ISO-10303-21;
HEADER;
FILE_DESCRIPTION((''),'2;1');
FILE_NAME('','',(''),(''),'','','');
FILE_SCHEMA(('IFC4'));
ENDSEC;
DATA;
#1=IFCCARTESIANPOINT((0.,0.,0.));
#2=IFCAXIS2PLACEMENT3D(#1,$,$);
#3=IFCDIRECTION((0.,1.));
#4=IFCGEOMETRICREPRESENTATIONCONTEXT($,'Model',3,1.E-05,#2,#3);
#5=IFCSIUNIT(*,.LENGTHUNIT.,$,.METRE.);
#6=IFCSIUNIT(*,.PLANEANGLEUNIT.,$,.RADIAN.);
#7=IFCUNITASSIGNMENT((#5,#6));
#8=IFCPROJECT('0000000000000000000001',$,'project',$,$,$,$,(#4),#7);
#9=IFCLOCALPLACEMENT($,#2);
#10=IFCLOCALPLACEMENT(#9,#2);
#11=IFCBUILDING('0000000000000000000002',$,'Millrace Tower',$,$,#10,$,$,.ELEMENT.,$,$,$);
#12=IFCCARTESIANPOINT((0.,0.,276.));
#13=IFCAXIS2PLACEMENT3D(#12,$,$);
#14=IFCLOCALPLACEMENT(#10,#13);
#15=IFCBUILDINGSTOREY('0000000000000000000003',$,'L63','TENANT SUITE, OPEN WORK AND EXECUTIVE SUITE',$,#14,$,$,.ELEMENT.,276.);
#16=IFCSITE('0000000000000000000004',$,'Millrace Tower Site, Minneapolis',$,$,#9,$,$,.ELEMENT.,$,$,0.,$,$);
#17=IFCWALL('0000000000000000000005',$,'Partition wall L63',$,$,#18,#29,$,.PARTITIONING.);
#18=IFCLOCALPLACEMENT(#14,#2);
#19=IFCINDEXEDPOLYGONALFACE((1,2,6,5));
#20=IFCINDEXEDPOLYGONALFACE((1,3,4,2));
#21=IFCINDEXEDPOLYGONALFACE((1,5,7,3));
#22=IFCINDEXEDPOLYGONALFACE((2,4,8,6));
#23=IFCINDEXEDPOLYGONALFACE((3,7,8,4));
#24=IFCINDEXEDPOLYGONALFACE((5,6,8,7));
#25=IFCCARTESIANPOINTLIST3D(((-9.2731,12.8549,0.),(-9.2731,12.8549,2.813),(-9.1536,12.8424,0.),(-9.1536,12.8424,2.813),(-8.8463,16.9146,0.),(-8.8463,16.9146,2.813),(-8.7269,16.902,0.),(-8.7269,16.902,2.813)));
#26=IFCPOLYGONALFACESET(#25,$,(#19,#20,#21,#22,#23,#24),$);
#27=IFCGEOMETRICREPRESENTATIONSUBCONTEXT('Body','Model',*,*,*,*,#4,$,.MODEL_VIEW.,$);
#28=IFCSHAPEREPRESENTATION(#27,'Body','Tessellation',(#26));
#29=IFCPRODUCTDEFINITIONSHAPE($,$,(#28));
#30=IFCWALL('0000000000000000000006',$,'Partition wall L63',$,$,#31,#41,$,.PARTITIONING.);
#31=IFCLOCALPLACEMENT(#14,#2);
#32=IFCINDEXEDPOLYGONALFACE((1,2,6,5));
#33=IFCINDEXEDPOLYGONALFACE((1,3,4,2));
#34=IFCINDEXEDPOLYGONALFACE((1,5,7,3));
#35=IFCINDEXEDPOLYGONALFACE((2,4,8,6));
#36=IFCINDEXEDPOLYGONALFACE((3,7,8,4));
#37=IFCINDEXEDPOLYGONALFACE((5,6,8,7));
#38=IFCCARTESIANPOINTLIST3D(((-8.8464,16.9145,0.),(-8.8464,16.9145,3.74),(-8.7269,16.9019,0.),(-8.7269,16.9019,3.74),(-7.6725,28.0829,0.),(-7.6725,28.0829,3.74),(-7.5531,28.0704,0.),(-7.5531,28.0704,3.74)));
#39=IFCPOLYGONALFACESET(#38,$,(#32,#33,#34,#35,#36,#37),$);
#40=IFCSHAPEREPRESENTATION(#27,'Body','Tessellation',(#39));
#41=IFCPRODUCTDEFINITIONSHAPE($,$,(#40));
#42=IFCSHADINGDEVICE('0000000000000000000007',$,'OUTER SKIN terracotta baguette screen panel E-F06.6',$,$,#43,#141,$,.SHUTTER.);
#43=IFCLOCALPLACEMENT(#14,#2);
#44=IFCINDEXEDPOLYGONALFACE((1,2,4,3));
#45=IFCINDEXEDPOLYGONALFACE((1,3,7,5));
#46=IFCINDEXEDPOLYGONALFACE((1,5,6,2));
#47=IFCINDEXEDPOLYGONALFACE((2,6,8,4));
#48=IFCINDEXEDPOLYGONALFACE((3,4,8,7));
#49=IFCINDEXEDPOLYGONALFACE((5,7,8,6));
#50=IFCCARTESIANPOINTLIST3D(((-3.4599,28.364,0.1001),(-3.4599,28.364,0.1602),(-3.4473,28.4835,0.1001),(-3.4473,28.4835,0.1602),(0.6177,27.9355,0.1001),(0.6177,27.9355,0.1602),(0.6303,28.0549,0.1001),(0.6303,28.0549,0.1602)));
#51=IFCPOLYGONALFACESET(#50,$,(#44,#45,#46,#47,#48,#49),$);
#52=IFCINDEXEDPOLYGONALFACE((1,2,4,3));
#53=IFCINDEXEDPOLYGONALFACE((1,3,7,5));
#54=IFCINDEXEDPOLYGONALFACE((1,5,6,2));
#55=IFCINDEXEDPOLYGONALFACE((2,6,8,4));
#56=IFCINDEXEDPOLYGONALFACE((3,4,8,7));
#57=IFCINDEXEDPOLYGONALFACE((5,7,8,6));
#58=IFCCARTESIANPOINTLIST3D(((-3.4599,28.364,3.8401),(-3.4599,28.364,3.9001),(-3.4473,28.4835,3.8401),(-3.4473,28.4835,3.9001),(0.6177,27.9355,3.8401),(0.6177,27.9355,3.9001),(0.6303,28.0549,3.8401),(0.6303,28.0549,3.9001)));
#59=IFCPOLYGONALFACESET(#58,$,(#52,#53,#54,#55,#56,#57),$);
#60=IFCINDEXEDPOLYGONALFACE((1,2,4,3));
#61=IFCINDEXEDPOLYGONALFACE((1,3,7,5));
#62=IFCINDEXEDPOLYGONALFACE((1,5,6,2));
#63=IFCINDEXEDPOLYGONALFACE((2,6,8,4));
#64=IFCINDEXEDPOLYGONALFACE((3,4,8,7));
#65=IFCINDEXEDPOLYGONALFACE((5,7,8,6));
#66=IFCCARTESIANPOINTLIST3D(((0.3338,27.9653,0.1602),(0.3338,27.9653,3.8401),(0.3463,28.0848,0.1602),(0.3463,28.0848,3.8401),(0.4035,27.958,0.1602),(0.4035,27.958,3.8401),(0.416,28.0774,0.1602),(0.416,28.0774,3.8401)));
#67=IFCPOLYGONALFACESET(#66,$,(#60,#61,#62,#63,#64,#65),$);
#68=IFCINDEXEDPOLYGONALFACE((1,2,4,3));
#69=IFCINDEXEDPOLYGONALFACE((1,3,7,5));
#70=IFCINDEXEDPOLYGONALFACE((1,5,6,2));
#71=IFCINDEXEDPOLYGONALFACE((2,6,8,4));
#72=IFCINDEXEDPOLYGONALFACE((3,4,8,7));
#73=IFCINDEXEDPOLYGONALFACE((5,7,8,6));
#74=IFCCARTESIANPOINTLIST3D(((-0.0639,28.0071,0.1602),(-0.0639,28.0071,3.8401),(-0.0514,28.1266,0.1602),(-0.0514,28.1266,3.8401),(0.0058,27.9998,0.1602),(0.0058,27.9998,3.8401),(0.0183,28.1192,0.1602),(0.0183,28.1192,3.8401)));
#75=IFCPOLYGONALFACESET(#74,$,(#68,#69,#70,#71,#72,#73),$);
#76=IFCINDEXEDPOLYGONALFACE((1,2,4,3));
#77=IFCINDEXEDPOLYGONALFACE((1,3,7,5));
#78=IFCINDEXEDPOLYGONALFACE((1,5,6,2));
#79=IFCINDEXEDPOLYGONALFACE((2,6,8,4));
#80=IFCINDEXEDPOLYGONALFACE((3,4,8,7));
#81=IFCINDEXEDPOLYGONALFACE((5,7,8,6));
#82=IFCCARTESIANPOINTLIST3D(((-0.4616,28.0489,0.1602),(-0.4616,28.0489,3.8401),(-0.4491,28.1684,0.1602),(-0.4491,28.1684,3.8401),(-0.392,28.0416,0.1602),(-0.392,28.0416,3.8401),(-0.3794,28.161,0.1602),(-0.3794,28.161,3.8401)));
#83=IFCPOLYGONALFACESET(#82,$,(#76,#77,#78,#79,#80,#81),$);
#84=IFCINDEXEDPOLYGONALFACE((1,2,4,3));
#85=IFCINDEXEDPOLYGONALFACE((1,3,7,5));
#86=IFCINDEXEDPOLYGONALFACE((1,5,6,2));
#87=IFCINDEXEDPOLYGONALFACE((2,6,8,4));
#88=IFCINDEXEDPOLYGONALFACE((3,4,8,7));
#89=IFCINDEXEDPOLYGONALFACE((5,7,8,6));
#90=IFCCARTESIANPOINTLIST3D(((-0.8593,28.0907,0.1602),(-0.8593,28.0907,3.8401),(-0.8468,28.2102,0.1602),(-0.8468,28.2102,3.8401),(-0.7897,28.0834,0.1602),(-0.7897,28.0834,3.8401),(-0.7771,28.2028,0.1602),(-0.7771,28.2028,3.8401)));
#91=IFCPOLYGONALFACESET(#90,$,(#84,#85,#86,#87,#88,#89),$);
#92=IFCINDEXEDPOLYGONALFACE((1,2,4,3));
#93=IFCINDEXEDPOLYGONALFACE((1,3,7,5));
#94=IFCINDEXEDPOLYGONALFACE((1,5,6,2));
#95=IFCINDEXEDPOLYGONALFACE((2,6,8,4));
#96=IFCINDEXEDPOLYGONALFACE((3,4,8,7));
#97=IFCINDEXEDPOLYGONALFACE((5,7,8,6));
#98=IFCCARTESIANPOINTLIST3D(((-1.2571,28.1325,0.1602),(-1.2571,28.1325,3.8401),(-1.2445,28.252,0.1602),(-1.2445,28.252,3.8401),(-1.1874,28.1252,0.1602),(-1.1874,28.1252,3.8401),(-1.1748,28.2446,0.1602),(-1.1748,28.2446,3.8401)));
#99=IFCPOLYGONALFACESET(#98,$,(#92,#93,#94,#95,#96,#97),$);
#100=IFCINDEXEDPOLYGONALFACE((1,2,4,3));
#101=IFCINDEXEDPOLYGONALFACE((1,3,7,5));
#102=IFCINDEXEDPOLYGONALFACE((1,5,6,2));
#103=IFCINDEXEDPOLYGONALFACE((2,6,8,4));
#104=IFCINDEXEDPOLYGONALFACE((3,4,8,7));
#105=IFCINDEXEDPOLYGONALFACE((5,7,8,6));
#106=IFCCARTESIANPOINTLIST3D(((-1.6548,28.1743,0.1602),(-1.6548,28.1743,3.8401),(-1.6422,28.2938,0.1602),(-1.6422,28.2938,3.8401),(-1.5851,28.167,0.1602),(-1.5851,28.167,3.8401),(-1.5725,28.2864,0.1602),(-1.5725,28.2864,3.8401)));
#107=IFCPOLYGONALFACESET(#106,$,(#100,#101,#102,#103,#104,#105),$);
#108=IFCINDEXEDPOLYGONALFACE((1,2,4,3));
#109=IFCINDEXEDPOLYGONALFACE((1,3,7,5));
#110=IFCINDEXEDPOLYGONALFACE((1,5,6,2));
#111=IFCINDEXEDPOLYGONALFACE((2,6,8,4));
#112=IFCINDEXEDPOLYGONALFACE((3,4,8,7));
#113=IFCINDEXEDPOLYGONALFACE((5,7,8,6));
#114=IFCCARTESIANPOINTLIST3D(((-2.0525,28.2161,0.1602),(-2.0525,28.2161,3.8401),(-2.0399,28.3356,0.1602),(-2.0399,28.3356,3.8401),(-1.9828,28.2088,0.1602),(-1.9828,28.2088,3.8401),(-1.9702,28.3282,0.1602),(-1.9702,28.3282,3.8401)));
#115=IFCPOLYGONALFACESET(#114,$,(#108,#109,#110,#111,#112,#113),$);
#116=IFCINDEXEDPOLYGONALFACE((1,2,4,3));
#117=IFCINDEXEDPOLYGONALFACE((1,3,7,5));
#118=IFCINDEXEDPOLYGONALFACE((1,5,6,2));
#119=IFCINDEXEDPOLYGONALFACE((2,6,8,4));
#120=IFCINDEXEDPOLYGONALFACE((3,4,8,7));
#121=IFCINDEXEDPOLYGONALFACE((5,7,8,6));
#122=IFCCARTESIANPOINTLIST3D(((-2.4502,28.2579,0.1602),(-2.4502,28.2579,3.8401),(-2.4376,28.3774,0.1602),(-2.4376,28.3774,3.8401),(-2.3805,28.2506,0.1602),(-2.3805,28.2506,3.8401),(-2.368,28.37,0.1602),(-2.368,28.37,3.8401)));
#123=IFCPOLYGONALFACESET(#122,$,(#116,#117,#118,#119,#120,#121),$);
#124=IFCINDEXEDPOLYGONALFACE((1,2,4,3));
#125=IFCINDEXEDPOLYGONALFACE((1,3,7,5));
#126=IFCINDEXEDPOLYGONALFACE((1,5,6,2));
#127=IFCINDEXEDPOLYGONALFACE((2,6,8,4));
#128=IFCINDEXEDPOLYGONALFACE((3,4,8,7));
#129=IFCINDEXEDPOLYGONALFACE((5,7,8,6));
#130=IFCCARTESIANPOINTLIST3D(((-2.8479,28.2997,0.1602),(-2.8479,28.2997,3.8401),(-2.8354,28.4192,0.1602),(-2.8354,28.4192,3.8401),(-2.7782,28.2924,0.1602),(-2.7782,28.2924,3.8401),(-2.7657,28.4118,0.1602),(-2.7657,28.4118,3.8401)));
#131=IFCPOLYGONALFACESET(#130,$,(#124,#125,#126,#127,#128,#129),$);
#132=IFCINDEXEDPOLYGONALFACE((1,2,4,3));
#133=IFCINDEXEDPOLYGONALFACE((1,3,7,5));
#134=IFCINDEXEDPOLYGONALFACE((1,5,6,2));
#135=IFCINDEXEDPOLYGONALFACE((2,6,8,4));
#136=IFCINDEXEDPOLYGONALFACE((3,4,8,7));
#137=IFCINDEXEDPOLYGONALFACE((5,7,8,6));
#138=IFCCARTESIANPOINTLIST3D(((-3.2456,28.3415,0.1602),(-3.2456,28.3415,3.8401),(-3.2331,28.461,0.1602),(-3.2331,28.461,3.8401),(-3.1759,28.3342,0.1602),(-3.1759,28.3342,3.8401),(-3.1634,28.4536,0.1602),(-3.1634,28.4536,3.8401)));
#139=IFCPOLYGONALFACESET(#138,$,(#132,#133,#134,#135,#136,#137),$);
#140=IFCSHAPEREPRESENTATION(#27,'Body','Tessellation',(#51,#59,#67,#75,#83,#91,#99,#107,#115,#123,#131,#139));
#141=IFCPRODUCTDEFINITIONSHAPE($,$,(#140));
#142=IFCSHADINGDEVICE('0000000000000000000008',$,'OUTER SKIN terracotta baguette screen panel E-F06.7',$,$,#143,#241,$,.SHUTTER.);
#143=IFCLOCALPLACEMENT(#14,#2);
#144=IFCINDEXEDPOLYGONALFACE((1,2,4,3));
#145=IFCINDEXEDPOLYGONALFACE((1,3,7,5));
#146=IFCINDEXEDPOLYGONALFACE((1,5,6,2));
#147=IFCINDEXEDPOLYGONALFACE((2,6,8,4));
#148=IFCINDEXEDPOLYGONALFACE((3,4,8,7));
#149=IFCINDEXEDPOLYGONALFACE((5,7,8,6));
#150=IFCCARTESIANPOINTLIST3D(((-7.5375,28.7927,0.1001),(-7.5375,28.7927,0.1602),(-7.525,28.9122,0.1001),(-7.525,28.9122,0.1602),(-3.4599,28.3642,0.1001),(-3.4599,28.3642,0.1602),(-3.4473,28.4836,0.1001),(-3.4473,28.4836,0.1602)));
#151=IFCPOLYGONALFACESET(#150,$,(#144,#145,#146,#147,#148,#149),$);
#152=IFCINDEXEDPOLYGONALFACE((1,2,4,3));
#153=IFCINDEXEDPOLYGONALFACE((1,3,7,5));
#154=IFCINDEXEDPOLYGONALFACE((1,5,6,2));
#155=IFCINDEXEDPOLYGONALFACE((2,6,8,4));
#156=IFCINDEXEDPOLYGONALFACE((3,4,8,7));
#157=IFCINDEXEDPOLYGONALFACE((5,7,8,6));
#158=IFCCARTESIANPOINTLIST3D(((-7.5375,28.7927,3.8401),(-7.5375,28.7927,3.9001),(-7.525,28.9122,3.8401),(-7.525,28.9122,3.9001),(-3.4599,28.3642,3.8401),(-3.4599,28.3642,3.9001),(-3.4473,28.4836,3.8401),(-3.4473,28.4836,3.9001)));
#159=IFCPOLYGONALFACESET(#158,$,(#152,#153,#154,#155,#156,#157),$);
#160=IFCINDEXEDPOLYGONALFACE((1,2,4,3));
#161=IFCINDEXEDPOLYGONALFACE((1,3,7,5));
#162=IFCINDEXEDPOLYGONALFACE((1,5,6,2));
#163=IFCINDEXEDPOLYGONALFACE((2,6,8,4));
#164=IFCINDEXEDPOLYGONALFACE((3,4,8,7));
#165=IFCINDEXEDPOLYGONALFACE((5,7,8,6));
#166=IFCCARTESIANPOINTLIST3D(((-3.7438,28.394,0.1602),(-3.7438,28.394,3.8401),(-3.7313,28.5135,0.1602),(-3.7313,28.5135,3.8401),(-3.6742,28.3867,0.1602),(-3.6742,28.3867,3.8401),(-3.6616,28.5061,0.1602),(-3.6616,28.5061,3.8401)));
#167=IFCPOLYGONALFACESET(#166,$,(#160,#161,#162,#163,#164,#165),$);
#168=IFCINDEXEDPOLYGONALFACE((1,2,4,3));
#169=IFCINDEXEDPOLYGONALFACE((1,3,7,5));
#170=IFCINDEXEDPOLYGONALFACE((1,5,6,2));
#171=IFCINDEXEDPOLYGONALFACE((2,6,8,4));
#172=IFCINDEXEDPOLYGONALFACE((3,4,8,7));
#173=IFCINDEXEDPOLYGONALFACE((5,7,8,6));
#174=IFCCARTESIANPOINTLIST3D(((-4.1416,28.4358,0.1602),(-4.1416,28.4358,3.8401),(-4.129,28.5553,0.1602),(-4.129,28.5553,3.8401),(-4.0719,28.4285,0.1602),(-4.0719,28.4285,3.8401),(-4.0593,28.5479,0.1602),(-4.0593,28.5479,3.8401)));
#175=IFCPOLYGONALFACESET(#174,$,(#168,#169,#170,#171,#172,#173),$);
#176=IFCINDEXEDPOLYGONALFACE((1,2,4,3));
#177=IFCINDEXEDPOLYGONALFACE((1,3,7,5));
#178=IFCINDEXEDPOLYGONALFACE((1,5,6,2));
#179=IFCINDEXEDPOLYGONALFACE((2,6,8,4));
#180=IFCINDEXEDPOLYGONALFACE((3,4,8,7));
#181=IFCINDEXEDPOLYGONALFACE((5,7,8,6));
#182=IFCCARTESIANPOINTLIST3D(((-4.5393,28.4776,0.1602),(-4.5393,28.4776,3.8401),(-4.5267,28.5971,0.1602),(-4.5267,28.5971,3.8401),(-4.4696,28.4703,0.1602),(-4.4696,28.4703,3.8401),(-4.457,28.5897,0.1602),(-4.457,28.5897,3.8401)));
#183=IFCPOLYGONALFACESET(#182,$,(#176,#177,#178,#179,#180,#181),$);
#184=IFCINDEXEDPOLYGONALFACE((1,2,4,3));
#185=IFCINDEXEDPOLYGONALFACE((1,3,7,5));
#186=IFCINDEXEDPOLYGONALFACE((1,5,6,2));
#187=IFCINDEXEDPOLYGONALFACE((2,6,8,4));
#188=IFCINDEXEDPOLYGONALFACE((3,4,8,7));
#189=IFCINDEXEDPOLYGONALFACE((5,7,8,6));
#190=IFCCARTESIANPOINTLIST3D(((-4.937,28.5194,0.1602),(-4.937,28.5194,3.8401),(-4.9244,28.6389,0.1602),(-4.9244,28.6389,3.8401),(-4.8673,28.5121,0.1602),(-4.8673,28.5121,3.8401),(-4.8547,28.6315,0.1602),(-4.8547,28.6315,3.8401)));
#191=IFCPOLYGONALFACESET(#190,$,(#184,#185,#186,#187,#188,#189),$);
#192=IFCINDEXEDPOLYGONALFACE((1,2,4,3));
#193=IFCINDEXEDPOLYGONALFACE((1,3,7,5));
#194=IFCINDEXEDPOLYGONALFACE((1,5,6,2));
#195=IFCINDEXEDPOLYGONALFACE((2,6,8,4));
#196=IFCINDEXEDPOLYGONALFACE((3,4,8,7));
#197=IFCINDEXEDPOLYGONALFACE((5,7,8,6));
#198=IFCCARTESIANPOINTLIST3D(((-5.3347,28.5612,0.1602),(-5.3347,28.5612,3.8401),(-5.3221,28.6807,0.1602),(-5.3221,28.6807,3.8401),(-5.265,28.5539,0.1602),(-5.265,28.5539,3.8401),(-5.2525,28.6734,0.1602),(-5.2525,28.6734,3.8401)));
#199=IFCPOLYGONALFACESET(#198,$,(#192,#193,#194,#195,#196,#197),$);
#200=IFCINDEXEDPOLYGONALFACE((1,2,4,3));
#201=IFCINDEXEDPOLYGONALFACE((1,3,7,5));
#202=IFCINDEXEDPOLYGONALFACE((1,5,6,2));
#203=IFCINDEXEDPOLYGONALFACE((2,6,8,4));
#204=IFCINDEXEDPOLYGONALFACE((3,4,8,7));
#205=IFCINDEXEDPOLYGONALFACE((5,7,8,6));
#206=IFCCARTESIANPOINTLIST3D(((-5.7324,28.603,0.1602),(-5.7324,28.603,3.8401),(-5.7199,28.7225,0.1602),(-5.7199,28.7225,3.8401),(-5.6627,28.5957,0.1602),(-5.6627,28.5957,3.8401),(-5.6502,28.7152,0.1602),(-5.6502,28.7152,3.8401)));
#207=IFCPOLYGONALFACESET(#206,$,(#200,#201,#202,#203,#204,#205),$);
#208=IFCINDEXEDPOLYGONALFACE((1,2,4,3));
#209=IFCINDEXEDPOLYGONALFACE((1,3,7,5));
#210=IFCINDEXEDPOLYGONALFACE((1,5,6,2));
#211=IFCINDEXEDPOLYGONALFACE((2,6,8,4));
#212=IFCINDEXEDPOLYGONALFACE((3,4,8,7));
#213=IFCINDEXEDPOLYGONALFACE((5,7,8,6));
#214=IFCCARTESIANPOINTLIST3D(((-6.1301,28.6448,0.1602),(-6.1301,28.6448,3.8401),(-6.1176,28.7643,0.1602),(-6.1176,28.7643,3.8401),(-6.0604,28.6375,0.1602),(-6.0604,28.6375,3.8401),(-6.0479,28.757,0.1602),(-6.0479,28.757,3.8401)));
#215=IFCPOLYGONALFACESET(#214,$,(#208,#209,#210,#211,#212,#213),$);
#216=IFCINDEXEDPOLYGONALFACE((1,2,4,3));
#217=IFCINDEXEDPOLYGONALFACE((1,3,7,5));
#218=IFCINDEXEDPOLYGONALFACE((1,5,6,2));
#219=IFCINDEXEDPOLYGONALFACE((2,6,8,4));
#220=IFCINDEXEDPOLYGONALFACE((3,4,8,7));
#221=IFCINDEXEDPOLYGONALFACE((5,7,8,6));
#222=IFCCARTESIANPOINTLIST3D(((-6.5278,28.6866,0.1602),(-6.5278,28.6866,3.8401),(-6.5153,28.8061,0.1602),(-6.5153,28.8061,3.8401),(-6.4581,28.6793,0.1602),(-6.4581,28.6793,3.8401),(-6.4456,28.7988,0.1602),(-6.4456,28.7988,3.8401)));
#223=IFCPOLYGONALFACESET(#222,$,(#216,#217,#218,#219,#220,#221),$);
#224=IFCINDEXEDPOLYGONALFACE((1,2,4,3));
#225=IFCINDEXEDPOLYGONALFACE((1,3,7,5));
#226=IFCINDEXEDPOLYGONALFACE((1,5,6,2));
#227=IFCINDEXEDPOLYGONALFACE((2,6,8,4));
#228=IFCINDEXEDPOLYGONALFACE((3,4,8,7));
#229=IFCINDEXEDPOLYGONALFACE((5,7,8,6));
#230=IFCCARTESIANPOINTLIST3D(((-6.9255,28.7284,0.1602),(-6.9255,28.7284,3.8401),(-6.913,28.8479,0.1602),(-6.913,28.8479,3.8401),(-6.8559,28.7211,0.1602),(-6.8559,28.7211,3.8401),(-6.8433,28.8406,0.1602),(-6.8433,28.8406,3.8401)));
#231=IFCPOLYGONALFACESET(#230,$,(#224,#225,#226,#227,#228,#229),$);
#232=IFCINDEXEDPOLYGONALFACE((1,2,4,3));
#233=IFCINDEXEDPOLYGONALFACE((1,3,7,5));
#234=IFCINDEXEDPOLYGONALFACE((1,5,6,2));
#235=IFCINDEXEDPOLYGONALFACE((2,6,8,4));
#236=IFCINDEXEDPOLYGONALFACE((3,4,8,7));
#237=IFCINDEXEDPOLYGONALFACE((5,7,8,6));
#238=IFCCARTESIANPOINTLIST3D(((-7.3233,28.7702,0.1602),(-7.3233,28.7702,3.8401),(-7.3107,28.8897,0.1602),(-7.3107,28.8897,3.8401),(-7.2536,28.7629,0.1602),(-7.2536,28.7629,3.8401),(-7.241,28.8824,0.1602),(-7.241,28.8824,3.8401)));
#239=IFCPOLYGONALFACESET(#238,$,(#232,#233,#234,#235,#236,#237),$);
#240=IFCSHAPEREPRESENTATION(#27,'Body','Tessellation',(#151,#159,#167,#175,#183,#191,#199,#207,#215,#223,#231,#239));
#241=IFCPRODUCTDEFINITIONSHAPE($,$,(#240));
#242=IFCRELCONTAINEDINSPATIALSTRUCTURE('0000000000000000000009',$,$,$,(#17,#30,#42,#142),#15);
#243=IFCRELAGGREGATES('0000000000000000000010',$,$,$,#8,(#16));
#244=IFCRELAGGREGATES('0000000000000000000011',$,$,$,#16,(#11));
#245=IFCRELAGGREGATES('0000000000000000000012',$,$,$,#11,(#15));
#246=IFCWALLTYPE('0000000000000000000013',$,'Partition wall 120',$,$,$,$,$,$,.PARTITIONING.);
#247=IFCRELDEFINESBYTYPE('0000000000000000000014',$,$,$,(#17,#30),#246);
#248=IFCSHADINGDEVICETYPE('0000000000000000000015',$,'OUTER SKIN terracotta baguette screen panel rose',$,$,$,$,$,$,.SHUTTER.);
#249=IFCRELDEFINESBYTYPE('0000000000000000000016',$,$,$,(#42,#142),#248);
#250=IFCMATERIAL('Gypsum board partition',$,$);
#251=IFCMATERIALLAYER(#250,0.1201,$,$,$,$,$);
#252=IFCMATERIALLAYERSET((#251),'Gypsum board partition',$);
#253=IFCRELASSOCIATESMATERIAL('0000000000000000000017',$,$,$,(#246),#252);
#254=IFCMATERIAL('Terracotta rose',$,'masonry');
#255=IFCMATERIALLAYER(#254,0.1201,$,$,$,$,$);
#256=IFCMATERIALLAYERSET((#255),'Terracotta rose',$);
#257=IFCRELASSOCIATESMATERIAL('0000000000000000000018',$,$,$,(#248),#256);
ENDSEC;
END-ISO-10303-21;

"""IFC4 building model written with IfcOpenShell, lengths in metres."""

from ifc_helpers import new_model, entity, si_unit, direction, frame, frame_2d, origin, place, context, subcontext, project, spatial, rectangle, extrude, source, transform, mapped, material, layer, layer_set, type_object, element, save


model = new_model("IFC4")

# Units and contexts
model_context = context("Model", 3, precision=1e-05, world=origin(), true_north=direction((0.0, 1.0)))
body_context = subcontext(model_context, "Body", "Model", "MODEL_VIEW")
ifc_project = project(units=[si_unit("LENGTHUNIT", "METRE"), si_unit("PLANEANGLEUNIT", "RADIAN")], contexts=[model_context])

# Site, building, storey
site_placement = place(None, origin())
site = spatial("IfcSite", under=ifc_project, at=site_placement, Name="Millrace Tower Site, Minneapolis", CompositionType="ELEMENT", RefElevation=0.0)
building_placement = place(site_placement, origin())
building = spatial("IfcBuilding", under=site, at=building_placement, Name="Millrace Tower", CompositionType="ELEMENT")
storey_placement = place(building_placement, frame((0.0, 0.0, 276.0)))
storey = spatial("IfcBuildingStorey", under=building, at=storey_placement, Name="L63", Description="TENANT SUITE, OPEN WORK AND EXECUTIVE SUITE", CompositionType="ELEMENT", Elevation=276.0)

# Walls
ifc_material_1 = material(Name="Gypsum board partition")
ifc_layer_1 = layer(ifc_material_1, 0.1201)
ifc_layer_set_1 = layer_set([ifc_layer_1], Name="Gypsum board partition")
wall_type_1 = type_object("IfcWallType", Name="Partition wall 120", PredefinedType="PARTITIONING", material=ifc_layer_set_1)
wall_1_placement = place(storey_placement, frame((-9.2134, 12.8486, 0.0), z_axis=(0.0, 0.0, 1.0), x_axis=(0.104548, 0.99452, 0.0)))
element("IfcWall", 1, at=wall_1_placement, inside=storey, type_object=wall_type_1, Name="Partition wall L63", PredefinedType="PARTITIONING", context=body_context, shape_type="SweptSolid", body=[
    extrude(rectangle(XDim=4.082, YDim=0.1201, at=frame_2d((2.041, 0.0))), origin(), (0.0, 0.0, 1.0), 2.813),
])
wall_2_placement = place(storey_placement, frame((-8.7866, 16.9082, 0.0), z_axis=(0.0, 0.0, 1.0), x_axis=(0.104526, 0.994522, 0.0)))
element("IfcWall", 2, at=wall_2_placement, inside=storey, type_object=wall_type_1, Name="Partition wall L63", PredefinedType="PARTITIONING", context=body_context, shape_type="SweptSolid", body=[
    extrude(rectangle(XDim=11.23, YDim=0.1201, at=frame_2d((5.615, 0.0))), origin(), (0.0, 0.0, 1.0), 3.74),
])

# Shading devices
ifc_material_2 = material(Name="Terracotta rose", Category="masonry")
ifc_layer_2 = layer(ifc_material_2, 0.1201)
ifc_layer_set_2 = layer_set([ifc_layer_2], Name="Terracotta rose")
shading_device_type = type_object("IfcShadingDeviceType", Name="OUTER SKIN terracotta baguette screen panel rose", PredefinedType="SHUTTER", material=ifc_layer_set_2)
cartesian_point_1 = entity("IfcCartesianPoint", [-2.05, 0.0601])
shared_polyline_1 = entity("IfcPolyline", [cartesian_point_1, entity("IfcCartesianPoint", [2.05, 0.0601]), entity("IfcCartesianPoint", [2.05, -0.0601]), entity("IfcCartesianPoint", [-2.05, -0.0601]), cartesian_point_1])
shared_shape_1 = source(origin(), body_context, "Body", "SweptSolid", [
    entity("IfcExtrudedAreaSolid", entity("IfcArbitraryClosedProfileDef", "AREA", None, shared_polyline_1), entity("IfcAxis2Placement3D", entity("IfcCartesianPoint", [0.0, 0.0, 0.0])), entity("IfcDirection", [0.0, 0.0, 1.0]), 0.0601),
    entity("IfcExtrudedAreaSolid", entity("IfcArbitraryClosedProfileDef", "AREA", None, shared_polyline_1), entity("IfcAxis2Placement3D", entity("IfcCartesianPoint", [0.0, 0.0, 3.74])), entity("IfcDirection", [0.0, 0.0, 1.0]), 0.0601),
    extrude(rectangle(XDim=0.0701, YDim=0.1201, at=frame_2d((-1.7996, 0.0))), frame((0.0, 0.0, 0.0601)), (0.0, 0.0, 1.0), 3.6799),
    extrude(rectangle(XDim=0.0701, YDim=0.1201, at=frame_2d((-1.3997, 0.0))), frame((0.0, 0.0, 0.0601)), (0.0, 0.0, 1.0), 3.6799),
    extrude(rectangle(XDim=0.0701, YDim=0.1201, at=frame_2d((-0.9998, 0.0))), frame((0.0, 0.0, 0.0601)), (0.0, 0.0, 1.0), 3.6799),
    extrude(rectangle(XDim=0.0701, YDim=0.1201, at=frame_2d((-0.5999, 0.0))), frame((0.0, 0.0, 0.0601)), (0.0, 0.0, 1.0), 3.6799),
    extrude(rectangle(XDim=0.0701, YDim=0.1201, at=frame_2d((-0.2, 0.0))), frame((0.0, 0.0, 0.0601)), (0.0, 0.0, 1.0), 3.6799),
    extrude(rectangle(XDim=0.0701, YDim=0.1201, at=frame_2d((0.2, 0.0))), frame((0.0, 0.0, 0.0601)), (0.0, 0.0, 1.0), 3.6799),
    extrude(rectangle(XDim=0.0701, YDim=0.1201, at=frame_2d((0.5999, 0.0))), frame((0.0, 0.0, 0.0601)), (0.0, 0.0, 1.0), 3.6799),
    extrude(rectangle(XDim=0.0701, YDim=0.1201, at=frame_2d((0.9998, 0.0))), frame((0.0, 0.0, 0.0601)), (0.0, 0.0, 1.0), 3.6799),
    extrude(rectangle(XDim=0.0701, YDim=0.1201, at=frame_2d((1.3997, 0.0))), frame((0.0, 0.0, 0.0601)), (0.0, 0.0, 1.0), 3.6799),
    extrude(rectangle(XDim=0.0701, YDim=0.1201, at=frame_2d((1.7996, 0.0))), frame((0.0, 0.0, 0.0601)), (0.0, 0.0, 1.0), 3.6799),
])
for number, where, z_axis, x_axis, name in (
    (3, (-1.4148, 28.2095, 0.1001), (0.0, 0.0, 1.0), (-0.994522, 0.104528, 0.0), "OUTER SKIN terracotta baguette screen panel E-F06.6"),
    (4, (-5.4924, 28.6382, 0.1001), (0.0, 0.0, 1.0), (-0.994522, 0.104528, 0.0), "OUTER SKIN terracotta baguette screen panel E-F06.7"),
):
    element("IfcShadingDevice", number, at=place(storey_placement, frame(where, z_axis=z_axis, x_axis=x_axis)), inside=storey, type_object=shading_device_type, Name=name, PredefinedType="SHUTTER", context=body_context, shape_type="MappedRepresentation", body=[
        mapped(shared_shape_1, transform((0.0, 0.0, 0.0), scale=1.0)),
    ])

save(model, "model.ifc")
